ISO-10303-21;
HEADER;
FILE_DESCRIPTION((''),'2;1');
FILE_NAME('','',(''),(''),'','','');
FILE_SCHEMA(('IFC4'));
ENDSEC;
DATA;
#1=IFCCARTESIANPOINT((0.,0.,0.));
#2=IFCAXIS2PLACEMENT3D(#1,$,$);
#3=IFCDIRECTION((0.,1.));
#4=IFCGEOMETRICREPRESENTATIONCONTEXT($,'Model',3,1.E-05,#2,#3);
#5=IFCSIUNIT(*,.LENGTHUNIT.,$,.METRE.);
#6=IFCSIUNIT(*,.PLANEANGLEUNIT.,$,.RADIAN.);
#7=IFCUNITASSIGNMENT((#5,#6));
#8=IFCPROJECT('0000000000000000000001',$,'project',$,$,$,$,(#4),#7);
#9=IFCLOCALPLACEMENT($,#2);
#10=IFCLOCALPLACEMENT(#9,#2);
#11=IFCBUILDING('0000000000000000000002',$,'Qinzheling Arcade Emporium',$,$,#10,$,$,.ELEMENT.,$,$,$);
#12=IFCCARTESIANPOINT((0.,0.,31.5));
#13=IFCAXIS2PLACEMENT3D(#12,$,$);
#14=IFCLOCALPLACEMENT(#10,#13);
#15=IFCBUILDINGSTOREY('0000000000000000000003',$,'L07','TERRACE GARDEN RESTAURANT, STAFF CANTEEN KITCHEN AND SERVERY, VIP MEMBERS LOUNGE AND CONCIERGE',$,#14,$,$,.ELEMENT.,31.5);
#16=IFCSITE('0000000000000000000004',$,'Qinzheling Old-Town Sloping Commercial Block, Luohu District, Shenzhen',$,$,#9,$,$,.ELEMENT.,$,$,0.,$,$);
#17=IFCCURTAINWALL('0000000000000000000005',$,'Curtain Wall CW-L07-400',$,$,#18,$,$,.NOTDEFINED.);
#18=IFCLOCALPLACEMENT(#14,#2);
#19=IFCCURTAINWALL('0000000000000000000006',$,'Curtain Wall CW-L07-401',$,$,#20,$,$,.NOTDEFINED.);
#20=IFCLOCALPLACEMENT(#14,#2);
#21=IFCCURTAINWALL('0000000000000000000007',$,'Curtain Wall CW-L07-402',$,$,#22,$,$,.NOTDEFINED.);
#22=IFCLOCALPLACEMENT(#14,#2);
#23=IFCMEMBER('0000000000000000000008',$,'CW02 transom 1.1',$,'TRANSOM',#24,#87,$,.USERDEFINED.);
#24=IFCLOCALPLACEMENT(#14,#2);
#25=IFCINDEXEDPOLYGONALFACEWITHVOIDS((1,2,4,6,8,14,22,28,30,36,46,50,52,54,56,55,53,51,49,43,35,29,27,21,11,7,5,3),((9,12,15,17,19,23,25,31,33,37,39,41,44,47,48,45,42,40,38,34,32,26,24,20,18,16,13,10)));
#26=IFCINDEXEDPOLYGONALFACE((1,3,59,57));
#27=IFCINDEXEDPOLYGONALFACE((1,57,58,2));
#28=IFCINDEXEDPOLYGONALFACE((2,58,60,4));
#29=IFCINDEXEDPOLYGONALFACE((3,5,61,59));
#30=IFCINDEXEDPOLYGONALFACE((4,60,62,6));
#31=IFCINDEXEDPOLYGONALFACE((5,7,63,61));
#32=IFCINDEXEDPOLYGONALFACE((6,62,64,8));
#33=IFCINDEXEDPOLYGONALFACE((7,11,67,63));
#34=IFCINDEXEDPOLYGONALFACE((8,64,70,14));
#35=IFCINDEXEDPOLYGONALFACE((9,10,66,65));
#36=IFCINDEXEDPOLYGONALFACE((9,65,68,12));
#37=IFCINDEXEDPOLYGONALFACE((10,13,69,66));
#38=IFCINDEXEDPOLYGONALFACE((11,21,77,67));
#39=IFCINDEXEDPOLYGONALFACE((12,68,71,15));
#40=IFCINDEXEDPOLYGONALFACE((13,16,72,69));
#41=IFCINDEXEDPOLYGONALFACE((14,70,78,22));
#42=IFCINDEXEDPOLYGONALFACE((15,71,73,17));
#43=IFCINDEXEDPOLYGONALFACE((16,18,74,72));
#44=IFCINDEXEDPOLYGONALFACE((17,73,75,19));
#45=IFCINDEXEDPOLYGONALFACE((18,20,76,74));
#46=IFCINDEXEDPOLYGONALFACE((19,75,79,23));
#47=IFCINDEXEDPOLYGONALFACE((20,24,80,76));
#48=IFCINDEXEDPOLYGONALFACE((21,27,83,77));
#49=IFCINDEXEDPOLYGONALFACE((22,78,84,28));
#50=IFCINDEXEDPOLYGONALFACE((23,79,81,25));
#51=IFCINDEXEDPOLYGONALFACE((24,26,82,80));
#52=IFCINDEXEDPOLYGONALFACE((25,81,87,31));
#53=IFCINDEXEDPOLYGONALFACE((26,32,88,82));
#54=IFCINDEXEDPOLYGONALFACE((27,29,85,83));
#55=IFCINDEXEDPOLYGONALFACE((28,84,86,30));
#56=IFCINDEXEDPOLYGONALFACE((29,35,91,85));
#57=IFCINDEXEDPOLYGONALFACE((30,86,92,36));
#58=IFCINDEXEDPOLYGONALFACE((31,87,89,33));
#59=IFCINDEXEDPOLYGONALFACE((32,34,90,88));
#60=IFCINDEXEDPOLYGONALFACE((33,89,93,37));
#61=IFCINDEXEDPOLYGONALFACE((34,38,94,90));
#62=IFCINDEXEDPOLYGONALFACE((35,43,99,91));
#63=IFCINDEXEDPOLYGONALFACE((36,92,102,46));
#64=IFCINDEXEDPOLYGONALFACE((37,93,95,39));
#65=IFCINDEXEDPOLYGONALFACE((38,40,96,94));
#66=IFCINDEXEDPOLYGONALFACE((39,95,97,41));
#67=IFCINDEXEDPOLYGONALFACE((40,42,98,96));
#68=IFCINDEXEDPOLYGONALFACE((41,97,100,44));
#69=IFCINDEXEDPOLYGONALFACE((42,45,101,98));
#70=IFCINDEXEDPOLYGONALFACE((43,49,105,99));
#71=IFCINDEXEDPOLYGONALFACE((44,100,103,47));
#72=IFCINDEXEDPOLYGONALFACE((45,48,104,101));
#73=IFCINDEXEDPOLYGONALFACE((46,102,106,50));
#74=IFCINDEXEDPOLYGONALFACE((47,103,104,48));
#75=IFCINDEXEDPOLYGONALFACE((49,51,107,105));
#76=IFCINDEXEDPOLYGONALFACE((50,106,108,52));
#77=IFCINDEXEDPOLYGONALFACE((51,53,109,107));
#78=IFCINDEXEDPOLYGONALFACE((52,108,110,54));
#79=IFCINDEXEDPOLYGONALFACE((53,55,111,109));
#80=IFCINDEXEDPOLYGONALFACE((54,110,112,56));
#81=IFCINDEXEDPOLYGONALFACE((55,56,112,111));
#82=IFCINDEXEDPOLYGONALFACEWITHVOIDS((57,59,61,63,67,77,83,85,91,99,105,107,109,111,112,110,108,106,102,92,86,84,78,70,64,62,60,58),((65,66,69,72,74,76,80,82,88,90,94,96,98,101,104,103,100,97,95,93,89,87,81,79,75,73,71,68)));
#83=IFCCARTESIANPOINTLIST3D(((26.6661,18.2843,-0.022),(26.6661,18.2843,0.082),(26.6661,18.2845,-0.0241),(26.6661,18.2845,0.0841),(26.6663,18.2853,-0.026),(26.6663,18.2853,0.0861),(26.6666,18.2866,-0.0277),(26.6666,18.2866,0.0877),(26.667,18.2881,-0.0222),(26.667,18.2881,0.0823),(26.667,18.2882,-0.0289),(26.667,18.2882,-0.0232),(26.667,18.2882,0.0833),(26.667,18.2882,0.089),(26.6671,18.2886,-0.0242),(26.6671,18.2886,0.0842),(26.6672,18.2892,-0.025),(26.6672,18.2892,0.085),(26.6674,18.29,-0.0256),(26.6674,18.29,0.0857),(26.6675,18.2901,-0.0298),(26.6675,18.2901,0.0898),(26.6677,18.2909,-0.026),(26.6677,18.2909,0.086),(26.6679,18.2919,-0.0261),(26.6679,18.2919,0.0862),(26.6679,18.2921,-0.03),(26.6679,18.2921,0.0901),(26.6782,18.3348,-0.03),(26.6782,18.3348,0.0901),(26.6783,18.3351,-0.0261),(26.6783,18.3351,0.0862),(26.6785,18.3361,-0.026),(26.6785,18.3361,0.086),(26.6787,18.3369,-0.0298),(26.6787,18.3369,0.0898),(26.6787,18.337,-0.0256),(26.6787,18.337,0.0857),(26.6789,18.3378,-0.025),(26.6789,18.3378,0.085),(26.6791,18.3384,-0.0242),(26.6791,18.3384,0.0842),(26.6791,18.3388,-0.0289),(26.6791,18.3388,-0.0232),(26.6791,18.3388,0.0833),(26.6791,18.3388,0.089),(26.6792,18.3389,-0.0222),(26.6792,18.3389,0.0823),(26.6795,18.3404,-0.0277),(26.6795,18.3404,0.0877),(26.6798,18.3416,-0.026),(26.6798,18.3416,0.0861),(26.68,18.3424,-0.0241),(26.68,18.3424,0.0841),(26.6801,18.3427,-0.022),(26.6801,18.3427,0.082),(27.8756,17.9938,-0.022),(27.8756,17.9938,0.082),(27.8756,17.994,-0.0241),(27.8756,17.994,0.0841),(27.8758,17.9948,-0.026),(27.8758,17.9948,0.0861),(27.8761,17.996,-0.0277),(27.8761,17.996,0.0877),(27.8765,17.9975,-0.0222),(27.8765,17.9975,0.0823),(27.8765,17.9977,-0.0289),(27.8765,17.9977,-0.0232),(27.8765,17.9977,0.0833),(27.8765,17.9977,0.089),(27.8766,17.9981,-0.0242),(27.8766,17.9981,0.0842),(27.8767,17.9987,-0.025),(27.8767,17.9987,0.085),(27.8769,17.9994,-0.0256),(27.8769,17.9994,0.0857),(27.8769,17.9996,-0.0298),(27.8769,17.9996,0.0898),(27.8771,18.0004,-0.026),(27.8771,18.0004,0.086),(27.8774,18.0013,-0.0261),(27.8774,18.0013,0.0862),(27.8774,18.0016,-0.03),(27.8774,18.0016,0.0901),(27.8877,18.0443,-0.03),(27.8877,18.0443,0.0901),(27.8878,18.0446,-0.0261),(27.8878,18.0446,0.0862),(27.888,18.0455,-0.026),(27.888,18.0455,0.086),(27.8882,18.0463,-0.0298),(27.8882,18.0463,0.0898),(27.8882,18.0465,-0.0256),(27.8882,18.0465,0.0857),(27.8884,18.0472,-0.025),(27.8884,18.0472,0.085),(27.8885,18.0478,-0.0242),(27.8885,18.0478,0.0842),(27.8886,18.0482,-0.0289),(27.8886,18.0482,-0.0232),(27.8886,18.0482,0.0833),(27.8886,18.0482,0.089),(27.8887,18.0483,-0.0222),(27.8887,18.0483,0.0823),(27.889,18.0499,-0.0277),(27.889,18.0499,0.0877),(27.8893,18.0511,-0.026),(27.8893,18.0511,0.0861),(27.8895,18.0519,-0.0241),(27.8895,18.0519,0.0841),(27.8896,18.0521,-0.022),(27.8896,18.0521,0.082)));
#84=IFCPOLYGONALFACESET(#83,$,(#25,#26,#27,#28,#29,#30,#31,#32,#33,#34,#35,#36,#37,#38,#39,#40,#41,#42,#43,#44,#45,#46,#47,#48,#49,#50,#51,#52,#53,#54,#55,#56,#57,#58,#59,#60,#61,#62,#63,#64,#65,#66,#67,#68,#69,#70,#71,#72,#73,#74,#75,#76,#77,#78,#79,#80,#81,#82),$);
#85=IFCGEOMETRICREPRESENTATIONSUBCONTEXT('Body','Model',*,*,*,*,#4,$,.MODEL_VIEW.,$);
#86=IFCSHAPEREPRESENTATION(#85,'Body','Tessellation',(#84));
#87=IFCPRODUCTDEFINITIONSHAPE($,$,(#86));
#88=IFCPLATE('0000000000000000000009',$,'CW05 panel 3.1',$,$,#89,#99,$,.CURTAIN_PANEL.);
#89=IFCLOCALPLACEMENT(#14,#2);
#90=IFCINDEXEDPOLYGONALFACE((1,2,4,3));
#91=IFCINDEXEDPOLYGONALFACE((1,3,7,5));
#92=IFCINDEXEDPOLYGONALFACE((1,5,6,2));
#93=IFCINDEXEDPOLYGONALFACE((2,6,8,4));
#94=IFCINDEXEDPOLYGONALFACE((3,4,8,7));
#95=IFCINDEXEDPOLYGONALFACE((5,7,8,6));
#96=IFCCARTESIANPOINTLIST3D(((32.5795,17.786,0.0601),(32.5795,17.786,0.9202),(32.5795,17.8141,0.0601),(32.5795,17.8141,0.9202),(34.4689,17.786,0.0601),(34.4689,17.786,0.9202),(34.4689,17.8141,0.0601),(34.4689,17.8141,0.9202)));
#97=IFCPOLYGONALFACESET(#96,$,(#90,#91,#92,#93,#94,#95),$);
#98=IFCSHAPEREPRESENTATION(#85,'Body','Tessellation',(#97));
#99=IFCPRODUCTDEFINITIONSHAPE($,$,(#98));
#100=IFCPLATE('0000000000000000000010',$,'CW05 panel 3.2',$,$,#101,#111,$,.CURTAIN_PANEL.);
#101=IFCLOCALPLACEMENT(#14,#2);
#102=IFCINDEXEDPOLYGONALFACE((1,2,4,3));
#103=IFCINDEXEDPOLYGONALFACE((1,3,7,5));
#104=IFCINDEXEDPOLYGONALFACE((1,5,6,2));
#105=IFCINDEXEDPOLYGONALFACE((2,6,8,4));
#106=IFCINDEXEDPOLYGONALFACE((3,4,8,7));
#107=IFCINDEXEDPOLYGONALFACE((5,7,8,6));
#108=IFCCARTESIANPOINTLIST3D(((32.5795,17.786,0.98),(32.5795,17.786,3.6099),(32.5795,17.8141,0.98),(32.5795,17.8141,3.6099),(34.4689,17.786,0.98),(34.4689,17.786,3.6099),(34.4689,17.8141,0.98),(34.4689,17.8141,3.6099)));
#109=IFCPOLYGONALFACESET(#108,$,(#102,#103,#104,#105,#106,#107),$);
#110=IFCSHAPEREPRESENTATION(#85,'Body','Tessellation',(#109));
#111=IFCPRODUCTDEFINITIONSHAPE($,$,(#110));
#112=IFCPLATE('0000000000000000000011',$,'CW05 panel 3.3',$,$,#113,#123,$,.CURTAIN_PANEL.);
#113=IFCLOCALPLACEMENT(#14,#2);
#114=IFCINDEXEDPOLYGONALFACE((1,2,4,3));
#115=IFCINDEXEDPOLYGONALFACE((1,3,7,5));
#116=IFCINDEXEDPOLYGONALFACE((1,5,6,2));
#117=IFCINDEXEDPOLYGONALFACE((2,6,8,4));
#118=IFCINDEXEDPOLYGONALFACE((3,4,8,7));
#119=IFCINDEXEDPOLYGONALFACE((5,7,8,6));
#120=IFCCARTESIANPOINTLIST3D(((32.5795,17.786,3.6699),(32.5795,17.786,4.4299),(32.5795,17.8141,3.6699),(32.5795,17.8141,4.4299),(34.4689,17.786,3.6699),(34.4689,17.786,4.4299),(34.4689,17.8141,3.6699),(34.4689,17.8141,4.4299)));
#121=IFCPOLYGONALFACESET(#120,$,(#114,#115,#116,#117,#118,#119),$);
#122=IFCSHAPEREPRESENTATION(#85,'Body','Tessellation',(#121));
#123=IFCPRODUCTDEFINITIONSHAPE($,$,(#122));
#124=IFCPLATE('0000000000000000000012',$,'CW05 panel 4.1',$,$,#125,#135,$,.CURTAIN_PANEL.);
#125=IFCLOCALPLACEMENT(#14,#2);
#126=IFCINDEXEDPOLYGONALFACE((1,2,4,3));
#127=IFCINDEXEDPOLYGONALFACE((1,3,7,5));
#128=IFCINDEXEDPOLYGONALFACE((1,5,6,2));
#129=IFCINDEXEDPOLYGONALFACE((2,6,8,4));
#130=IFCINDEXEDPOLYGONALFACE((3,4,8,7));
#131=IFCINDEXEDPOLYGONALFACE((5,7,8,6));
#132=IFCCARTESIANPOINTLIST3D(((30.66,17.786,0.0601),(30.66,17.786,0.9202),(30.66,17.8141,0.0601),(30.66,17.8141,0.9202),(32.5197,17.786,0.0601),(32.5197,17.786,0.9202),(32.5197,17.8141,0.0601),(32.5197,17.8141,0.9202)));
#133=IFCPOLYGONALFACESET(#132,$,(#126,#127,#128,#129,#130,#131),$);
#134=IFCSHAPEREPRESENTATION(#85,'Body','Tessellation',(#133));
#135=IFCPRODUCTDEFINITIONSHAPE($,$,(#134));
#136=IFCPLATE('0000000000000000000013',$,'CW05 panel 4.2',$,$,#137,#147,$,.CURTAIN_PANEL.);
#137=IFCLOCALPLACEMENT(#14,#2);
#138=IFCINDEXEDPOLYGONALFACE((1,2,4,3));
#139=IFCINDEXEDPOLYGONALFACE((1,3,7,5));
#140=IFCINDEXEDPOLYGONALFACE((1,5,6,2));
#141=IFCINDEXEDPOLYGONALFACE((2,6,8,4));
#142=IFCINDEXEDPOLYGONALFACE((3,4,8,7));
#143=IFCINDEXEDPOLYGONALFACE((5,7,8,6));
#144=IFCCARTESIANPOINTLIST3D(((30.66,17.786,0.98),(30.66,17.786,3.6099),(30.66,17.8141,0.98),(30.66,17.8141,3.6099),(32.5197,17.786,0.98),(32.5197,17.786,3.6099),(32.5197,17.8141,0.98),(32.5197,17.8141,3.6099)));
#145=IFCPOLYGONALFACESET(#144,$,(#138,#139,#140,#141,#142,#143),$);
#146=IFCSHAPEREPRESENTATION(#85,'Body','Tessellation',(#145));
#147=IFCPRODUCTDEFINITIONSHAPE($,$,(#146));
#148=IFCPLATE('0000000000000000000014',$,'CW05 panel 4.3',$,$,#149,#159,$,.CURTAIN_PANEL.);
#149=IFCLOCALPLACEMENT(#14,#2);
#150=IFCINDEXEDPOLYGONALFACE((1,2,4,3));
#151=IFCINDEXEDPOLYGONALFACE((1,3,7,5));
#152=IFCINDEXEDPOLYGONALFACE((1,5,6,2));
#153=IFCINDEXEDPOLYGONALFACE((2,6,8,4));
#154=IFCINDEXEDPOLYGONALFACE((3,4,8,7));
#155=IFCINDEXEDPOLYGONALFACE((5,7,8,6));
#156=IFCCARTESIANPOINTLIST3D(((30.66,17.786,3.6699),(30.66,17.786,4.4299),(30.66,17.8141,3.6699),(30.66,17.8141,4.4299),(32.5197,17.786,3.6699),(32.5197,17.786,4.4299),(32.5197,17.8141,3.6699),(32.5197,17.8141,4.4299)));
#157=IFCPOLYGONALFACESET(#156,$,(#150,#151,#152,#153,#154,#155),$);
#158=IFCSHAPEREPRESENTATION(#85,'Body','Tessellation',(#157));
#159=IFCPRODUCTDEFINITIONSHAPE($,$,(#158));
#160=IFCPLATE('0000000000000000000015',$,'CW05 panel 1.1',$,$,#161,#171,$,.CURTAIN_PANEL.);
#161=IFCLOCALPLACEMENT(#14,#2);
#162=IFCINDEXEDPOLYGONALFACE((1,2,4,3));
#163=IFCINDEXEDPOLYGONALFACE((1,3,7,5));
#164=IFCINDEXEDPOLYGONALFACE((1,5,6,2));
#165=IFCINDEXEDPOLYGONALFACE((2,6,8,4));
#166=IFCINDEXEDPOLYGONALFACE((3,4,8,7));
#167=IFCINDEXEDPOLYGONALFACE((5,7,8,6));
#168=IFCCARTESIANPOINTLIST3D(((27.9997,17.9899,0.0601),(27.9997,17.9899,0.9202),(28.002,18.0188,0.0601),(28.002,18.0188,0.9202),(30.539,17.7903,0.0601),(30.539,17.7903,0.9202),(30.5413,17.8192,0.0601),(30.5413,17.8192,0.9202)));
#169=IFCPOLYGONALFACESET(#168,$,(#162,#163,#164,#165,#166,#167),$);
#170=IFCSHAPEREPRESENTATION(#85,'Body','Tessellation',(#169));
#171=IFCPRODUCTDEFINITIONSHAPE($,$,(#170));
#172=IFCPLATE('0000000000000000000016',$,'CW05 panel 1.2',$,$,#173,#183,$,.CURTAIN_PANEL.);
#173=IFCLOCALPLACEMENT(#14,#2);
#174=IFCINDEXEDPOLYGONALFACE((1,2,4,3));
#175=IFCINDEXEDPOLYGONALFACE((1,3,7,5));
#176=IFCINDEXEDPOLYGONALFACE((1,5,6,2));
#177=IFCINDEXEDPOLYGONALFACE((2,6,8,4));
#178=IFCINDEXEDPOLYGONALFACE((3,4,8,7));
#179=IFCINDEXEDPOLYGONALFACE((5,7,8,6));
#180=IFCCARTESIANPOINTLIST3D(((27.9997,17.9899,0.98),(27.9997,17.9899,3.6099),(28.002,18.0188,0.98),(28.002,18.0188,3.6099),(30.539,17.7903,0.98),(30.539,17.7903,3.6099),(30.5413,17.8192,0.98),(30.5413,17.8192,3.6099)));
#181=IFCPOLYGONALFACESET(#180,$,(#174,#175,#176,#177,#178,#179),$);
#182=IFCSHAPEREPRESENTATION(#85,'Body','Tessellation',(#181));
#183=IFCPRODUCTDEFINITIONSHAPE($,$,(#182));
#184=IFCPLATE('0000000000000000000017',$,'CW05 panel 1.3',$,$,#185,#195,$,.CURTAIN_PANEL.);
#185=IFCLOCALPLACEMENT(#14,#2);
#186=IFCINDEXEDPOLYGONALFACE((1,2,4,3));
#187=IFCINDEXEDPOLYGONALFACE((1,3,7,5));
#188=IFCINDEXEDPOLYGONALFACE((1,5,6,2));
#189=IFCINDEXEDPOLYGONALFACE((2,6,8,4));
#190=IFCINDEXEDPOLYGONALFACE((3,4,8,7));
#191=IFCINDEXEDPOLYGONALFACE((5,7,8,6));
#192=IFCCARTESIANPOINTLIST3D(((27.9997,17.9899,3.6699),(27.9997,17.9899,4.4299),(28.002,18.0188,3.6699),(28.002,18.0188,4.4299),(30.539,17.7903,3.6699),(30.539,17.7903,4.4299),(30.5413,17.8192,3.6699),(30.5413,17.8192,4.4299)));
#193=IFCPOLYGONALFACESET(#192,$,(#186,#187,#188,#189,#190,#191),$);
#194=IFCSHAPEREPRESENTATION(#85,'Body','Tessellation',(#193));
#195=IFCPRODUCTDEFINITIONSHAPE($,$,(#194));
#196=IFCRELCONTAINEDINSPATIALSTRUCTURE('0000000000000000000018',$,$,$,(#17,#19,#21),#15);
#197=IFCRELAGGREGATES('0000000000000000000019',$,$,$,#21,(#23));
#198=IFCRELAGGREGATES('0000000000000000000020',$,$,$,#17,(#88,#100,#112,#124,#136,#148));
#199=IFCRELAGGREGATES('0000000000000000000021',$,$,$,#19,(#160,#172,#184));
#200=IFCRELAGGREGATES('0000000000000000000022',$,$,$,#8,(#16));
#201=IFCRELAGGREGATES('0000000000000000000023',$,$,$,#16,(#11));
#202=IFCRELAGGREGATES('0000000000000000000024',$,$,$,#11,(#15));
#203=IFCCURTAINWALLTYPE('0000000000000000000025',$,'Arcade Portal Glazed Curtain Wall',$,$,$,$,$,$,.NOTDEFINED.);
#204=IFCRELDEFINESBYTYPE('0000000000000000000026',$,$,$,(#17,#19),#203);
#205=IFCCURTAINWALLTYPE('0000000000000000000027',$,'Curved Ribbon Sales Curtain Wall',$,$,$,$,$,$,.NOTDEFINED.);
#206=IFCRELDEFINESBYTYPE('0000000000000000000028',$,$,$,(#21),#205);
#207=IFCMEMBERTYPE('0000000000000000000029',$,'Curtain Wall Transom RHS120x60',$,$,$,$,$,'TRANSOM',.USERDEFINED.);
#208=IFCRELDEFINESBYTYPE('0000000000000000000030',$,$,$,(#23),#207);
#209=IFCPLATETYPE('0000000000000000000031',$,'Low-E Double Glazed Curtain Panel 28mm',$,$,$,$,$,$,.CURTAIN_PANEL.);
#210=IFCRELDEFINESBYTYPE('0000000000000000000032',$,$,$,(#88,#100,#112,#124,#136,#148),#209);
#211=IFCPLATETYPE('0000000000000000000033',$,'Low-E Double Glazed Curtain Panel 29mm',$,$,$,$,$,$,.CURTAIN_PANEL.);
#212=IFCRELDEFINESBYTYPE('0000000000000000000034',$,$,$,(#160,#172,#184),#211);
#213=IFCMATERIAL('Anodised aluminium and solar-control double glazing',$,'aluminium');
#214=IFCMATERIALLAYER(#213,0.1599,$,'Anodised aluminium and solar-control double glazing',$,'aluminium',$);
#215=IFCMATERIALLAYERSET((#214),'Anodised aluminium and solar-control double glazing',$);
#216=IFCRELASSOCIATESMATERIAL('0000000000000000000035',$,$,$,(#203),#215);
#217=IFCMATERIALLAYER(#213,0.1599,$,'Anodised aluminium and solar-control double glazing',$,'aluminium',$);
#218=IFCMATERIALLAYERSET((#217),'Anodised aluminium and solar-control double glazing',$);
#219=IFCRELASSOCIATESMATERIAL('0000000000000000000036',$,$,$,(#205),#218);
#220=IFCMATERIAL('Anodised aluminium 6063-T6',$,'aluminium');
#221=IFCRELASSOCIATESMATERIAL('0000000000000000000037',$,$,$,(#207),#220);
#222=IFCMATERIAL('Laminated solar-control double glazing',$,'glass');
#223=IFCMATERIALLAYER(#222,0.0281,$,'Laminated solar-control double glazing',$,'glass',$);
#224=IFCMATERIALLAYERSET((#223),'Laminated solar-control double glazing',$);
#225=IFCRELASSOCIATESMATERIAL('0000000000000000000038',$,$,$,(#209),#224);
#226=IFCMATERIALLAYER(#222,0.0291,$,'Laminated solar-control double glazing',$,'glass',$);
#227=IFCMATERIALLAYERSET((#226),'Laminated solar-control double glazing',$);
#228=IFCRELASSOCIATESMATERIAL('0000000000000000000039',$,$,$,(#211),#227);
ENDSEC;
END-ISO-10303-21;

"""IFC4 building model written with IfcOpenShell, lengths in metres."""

from ifc_helpers import new_model, si_unit, direction, frame, origin, origin_2d, place, context, subcontext, project, spatial, rectangle, hollow_rectangle, extrude, material, layer, layer_set, material_profile, profile_set, type_object, element, aggregate, save


model = new_model("IFC4")

# Units and contexts
model_context = context("Model", 3, precision=1e-05, world=origin(), true_north=direction((0.0, 1.0)))
body_context = subcontext(model_context, "Body", "Model", "MODEL_VIEW")
ifc_project = project(units=[si_unit("LENGTHUNIT", "METRE"), si_unit("PLANEANGLEUNIT", "RADIAN")], contexts=[model_context])

# Site, building, storey
site_placement = place(None, origin())
site = spatial("IfcSite", under=ifc_project, at=site_placement, Name="Qinzheling Old-Town Sloping Commercial Block, Luohu District, Shenzhen", CompositionType="ELEMENT", RefElevation=0.0)
building_placement = place(site_placement, origin())
building = spatial("IfcBuilding", under=site, at=building_placement, Name="Qinzheling Arcade Emporium", CompositionType="ELEMENT")
storey_placement = place(building_placement, frame((0.0, 0.0, 31.5)))
storey = spatial("IfcBuildingStorey", under=building, at=storey_placement, Name="L07", Description="TERRACE GARDEN RESTAURANT, STAFF CANTEEN KITCHEN AND SERVERY, VIP MEMBERS LOUNGE AND CONCIERGE", CompositionType="ELEMENT", Elevation=31.5)

# Curtain walls
ifc_material_1 = material(Name="Anodised aluminium and solar-control double glazing", Category="aluminium")
ifc_layer_1 = layer(ifc_material_1, 0.1599, Name="Anodised aluminium and solar-control double glazing", Category="aluminium")
ifc_layer_set_1 = layer_set([ifc_layer_1], Name="Anodised aluminium and solar-control double glazing")
curtain_wall_type_1 = type_object("IfcCurtainWallType", Name="Arcade Portal Glazed Curtain Wall", PredefinedType="NOTDEFINED", material=ifc_layer_set_1)
curtain_wall_1_placement = place(storey_placement, origin())
curtain_wall_1 = element("IfcCurtainWall", 1, at=curtain_wall_1_placement, inside=storey, type_object=curtain_wall_type_1, Name="Curtain Wall CW-L07-400", PredefinedType="NOTDEFINED")
ifc_material_2 = material(Name="Anodised aluminium 6063-T6", Category="aluminium")
curtain_wall_2_placement = place(storey_placement, origin())
curtain_wall_2 = element("IfcCurtainWall", 2, at=curtain_wall_2_placement, inside=storey, type_object=curtain_wall_type_1, Name="Curtain Wall CW-L07-401", PredefinedType="NOTDEFINED")

# Curtain wall
ifc_layer_2 = layer(ifc_material_1, 0.1599, Name="Anodised aluminium and solar-control double glazing", Category="aluminium")
ifc_layer_set_2 = layer_set([ifc_layer_2], Name="Anodised aluminium and solar-control double glazing")
curtain_wall_type_2 = type_object("IfcCurtainWallType", Name="Curved Ribbon Sales Curtain Wall", PredefinedType="NOTDEFINED", material=ifc_layer_set_2)
curtain_wall_3_placement = place(storey_placement, origin())
curtain_wall_3 = element("IfcCurtainWall", 3, at=curtain_wall_3_placement, inside=storey, type_object=curtain_wall_type_2, Name="Curtain Wall CW-L07-402", PredefinedType="NOTDEFINED")

# Member
ifc_material_profile_1 = material_profile(ifc_material_2, hollow_rectangle(XDim=0.0601, YDim=0.1201, WallThickness=0.0039, InnerFilletRadius=0.0039, OuterFilletRadius=0.0081, at=origin_2d()), Name="RHS 120x60x4", Category="aluminium")
ifc_profile_set_1 = profile_set([ifc_material_profile_1], Name="Anodised aluminium 6063-T6")
member_type_1 = type_object("IfcMemberType", Name="Curtain Wall Transom RHS120x60", ElementType="TRANSOM", PredefinedType="USERDEFINED", material=ifc_profile_set_1)
member_1_placement = place(storey_placement, frame((27.8826, 18.0229, 0.03), z_axis=(-0.972341, 0.233566, 0.0), x_axis=(-0.233566, -0.972341, 0.0)))
member_1 = element("IfcMember", 4, at=member_1_placement, type_object=member_type_1, Name="CW02 transom 1.1", ObjectType="TRANSOM", PredefinedType="USERDEFINED", context=body_context, shape_type="SweptSolid", body=[
    extrude(hollow_rectangle(XDim=0.0601, YDim=0.1201, WallThickness=0.0039, InnerFilletRadius=0.0039, OuterFilletRadius=0.0081, at=origin_2d()), origin(), (0.0, 0.0, 1.0), 1.2439),
])
aggregate(curtain_wall_3, [member_1])

# Plates
ifc_material_3 = material(Name="Laminated solar-control double glazing", Category="glass")
ifc_layer_3 = layer(ifc_material_3, 0.0281, Name="Laminated solar-control double glazing", Category="glass")
ifc_layer_set_3 = layer_set([ifc_layer_3], Name="Laminated solar-control double glazing")
plate_type_1 = type_object("IfcPlateType", Name="Low-E Double Glazed Curtain Panel 28mm", PredefinedType="CURTAIN_PANEL", material=ifc_layer_set_3)
plate_1_placement = place(storey_placement, frame((33.5242, 17.8, 0.0601), z_axis=(0.0, 0.0, 1.0), x_axis=(-1.0, 0.0, 0.0)))
plate_1 = element("IfcPlate", 5, at=plate_1_placement, type_object=plate_type_1, Name="CW05 panel 3.1", PredefinedType="CURTAIN_PANEL", context=body_context, shape_type="SweptSolid", body=[
    extrude(rectangle(XDim=1.8894, YDim=0.0281, at=origin_2d()), origin(), (0.0, 0.0, 1.0), 0.8601),
])
plate_2_placement = place(storey_placement, frame((33.5242, 17.8, 0.98), z_axis=(0.0, 0.0, 1.0), x_axis=(-1.0, 0.0, 0.0)))
plate_2 = element("IfcPlate", 6, at=plate_2_placement, type_object=plate_type_1, Name="CW05 panel 3.2", PredefinedType="CURTAIN_PANEL", context=body_context, shape_type="SweptSolid", body=[
    extrude(rectangle(XDim=1.8894, YDim=0.0281, at=origin_2d()), origin(), (0.0, 0.0, 1.0), 2.6299),
])
plate_3_placement = place(storey_placement, frame((33.5242, 17.8, 3.6699), z_axis=(0.0, 0.0, 1.0), x_axis=(-1.0, 0.0, 0.0)))
plate_3 = element("IfcPlate", 7, at=plate_3_placement, type_object=plate_type_1, Name="CW05 panel 3.3", PredefinedType="CURTAIN_PANEL", context=body_context, shape_type="SweptSolid", body=[
    extrude(rectangle(XDim=1.8894, YDim=0.0281, at=origin_2d()), origin(), (0.0, 0.0, 1.0), 0.76),
])
plate_4_placement = place(storey_placement, frame((31.5898, 17.8, 0.0601), z_axis=(0.0, 0.0, 1.0), x_axis=(-1.0, 0.0, 0.0)))
plate_4 = element("IfcPlate", 8, at=plate_4_placement, type_object=plate_type_1, Name="CW05 panel 4.1", PredefinedType="CURTAIN_PANEL", context=body_context, shape_type="SweptSolid", body=[
    extrude(rectangle(XDim=1.8596, YDim=0.0281, at=origin_2d()), origin(), (0.0, 0.0, 1.0), 0.8601),
])
plate_5_placement = place(storey_placement, frame((31.5898, 17.8, 0.98), z_axis=(0.0, 0.0, 1.0), x_axis=(-1.0, 0.0, 0.0)))
plate_5 = element("IfcPlate", 9, at=plate_5_placement, type_object=plate_type_1, Name="CW05 panel 4.2", PredefinedType="CURTAIN_PANEL", context=body_context, shape_type="SweptSolid", body=[
    extrude(rectangle(XDim=1.8596, YDim=0.0281, at=origin_2d()), origin(), (0.0, 0.0, 1.0), 2.6299),
])
plate_6_placement = place(storey_placement, frame((31.5898, 17.8, 3.6699), z_axis=(0.0, 0.0, 1.0), x_axis=(-1.0, 0.0, 0.0)))
plate_6 = element("IfcPlate", 10, at=plate_6_placement, type_object=plate_type_1, Name="CW05 panel 4.3", PredefinedType="CURTAIN_PANEL", context=body_context, shape_type="SweptSolid", body=[
    extrude(rectangle(XDim=1.8596, YDim=0.0281, at=origin_2d()), origin(), (0.0, 0.0, 1.0), 0.76),
])
aggregate(curtain_wall_1, [plate_1, plate_2, plate_3, plate_4, plate_5, plate_6])
ifc_layer_4 = layer(ifc_material_3, 0.0291, Name="Laminated solar-control double glazing", Category="glass")
ifc_layer_set_4 = layer_set([ifc_layer_4], Name="Laminated solar-control double glazing")
plate_type_2 = type_object("IfcPlateType", Name="Low-E Double Glazed Curtain Panel 29mm", PredefinedType="CURTAIN_PANEL", material=ifc_layer_set_4)
plate_7_placement = place(storey_placement, frame((29.2705, 17.9045, 0.0601), z_axis=(0.0, 0.0, 1.0), x_axis=(-0.996925, 0.078359, 0.0)))
plate_7 = element("IfcPlate", 11, at=plate_7_placement, type_object=plate_type_2, Name="CW05 panel 1.1", PredefinedType="CURTAIN_PANEL", context=body_context, shape_type="SweptSolid", body=[
    extrude(rectangle(XDim=2.5471, YDim=0.0291, at=origin_2d()), origin(), (0.0, 0.0, 1.0), 0.8601),
])
plate_8_placement = place(storey_placement, frame((29.2705, 17.9045, 0.98), z_axis=(0.0, 0.0, 1.0), x_axis=(-0.996925, 0.078359, 0.0)))
plate_8 = element("IfcPlate", 12, at=plate_8_placement, type_object=plate_type_2, Name="CW05 panel 1.2", PredefinedType="CURTAIN_PANEL", context=body_context, shape_type="SweptSolid", body=[
    extrude(rectangle(XDim=2.5471, YDim=0.0291, at=origin_2d()), origin(), (0.0, 0.0, 1.0), 2.6299),
])
plate_9_placement = place(storey_placement, frame((29.2705, 17.9045, 3.6699), z_axis=(0.0, 0.0, 1.0), x_axis=(-0.996925, 0.078359, 0.0)))
plate_9 = element("IfcPlate", 13, at=plate_9_placement, type_object=plate_type_2, Name="CW05 panel 1.3", PredefinedType="CURTAIN_PANEL", context=body_context, shape_type="SweptSolid", body=[
    extrude(rectangle(XDim=2.5471, YDim=0.0291, at=origin_2d()), origin(), (0.0, 0.0, 1.0), 0.76),
])
aggregate(curtain_wall_2, [plate_7, plate_8, plate_9])

save(model, "model.ifc")
